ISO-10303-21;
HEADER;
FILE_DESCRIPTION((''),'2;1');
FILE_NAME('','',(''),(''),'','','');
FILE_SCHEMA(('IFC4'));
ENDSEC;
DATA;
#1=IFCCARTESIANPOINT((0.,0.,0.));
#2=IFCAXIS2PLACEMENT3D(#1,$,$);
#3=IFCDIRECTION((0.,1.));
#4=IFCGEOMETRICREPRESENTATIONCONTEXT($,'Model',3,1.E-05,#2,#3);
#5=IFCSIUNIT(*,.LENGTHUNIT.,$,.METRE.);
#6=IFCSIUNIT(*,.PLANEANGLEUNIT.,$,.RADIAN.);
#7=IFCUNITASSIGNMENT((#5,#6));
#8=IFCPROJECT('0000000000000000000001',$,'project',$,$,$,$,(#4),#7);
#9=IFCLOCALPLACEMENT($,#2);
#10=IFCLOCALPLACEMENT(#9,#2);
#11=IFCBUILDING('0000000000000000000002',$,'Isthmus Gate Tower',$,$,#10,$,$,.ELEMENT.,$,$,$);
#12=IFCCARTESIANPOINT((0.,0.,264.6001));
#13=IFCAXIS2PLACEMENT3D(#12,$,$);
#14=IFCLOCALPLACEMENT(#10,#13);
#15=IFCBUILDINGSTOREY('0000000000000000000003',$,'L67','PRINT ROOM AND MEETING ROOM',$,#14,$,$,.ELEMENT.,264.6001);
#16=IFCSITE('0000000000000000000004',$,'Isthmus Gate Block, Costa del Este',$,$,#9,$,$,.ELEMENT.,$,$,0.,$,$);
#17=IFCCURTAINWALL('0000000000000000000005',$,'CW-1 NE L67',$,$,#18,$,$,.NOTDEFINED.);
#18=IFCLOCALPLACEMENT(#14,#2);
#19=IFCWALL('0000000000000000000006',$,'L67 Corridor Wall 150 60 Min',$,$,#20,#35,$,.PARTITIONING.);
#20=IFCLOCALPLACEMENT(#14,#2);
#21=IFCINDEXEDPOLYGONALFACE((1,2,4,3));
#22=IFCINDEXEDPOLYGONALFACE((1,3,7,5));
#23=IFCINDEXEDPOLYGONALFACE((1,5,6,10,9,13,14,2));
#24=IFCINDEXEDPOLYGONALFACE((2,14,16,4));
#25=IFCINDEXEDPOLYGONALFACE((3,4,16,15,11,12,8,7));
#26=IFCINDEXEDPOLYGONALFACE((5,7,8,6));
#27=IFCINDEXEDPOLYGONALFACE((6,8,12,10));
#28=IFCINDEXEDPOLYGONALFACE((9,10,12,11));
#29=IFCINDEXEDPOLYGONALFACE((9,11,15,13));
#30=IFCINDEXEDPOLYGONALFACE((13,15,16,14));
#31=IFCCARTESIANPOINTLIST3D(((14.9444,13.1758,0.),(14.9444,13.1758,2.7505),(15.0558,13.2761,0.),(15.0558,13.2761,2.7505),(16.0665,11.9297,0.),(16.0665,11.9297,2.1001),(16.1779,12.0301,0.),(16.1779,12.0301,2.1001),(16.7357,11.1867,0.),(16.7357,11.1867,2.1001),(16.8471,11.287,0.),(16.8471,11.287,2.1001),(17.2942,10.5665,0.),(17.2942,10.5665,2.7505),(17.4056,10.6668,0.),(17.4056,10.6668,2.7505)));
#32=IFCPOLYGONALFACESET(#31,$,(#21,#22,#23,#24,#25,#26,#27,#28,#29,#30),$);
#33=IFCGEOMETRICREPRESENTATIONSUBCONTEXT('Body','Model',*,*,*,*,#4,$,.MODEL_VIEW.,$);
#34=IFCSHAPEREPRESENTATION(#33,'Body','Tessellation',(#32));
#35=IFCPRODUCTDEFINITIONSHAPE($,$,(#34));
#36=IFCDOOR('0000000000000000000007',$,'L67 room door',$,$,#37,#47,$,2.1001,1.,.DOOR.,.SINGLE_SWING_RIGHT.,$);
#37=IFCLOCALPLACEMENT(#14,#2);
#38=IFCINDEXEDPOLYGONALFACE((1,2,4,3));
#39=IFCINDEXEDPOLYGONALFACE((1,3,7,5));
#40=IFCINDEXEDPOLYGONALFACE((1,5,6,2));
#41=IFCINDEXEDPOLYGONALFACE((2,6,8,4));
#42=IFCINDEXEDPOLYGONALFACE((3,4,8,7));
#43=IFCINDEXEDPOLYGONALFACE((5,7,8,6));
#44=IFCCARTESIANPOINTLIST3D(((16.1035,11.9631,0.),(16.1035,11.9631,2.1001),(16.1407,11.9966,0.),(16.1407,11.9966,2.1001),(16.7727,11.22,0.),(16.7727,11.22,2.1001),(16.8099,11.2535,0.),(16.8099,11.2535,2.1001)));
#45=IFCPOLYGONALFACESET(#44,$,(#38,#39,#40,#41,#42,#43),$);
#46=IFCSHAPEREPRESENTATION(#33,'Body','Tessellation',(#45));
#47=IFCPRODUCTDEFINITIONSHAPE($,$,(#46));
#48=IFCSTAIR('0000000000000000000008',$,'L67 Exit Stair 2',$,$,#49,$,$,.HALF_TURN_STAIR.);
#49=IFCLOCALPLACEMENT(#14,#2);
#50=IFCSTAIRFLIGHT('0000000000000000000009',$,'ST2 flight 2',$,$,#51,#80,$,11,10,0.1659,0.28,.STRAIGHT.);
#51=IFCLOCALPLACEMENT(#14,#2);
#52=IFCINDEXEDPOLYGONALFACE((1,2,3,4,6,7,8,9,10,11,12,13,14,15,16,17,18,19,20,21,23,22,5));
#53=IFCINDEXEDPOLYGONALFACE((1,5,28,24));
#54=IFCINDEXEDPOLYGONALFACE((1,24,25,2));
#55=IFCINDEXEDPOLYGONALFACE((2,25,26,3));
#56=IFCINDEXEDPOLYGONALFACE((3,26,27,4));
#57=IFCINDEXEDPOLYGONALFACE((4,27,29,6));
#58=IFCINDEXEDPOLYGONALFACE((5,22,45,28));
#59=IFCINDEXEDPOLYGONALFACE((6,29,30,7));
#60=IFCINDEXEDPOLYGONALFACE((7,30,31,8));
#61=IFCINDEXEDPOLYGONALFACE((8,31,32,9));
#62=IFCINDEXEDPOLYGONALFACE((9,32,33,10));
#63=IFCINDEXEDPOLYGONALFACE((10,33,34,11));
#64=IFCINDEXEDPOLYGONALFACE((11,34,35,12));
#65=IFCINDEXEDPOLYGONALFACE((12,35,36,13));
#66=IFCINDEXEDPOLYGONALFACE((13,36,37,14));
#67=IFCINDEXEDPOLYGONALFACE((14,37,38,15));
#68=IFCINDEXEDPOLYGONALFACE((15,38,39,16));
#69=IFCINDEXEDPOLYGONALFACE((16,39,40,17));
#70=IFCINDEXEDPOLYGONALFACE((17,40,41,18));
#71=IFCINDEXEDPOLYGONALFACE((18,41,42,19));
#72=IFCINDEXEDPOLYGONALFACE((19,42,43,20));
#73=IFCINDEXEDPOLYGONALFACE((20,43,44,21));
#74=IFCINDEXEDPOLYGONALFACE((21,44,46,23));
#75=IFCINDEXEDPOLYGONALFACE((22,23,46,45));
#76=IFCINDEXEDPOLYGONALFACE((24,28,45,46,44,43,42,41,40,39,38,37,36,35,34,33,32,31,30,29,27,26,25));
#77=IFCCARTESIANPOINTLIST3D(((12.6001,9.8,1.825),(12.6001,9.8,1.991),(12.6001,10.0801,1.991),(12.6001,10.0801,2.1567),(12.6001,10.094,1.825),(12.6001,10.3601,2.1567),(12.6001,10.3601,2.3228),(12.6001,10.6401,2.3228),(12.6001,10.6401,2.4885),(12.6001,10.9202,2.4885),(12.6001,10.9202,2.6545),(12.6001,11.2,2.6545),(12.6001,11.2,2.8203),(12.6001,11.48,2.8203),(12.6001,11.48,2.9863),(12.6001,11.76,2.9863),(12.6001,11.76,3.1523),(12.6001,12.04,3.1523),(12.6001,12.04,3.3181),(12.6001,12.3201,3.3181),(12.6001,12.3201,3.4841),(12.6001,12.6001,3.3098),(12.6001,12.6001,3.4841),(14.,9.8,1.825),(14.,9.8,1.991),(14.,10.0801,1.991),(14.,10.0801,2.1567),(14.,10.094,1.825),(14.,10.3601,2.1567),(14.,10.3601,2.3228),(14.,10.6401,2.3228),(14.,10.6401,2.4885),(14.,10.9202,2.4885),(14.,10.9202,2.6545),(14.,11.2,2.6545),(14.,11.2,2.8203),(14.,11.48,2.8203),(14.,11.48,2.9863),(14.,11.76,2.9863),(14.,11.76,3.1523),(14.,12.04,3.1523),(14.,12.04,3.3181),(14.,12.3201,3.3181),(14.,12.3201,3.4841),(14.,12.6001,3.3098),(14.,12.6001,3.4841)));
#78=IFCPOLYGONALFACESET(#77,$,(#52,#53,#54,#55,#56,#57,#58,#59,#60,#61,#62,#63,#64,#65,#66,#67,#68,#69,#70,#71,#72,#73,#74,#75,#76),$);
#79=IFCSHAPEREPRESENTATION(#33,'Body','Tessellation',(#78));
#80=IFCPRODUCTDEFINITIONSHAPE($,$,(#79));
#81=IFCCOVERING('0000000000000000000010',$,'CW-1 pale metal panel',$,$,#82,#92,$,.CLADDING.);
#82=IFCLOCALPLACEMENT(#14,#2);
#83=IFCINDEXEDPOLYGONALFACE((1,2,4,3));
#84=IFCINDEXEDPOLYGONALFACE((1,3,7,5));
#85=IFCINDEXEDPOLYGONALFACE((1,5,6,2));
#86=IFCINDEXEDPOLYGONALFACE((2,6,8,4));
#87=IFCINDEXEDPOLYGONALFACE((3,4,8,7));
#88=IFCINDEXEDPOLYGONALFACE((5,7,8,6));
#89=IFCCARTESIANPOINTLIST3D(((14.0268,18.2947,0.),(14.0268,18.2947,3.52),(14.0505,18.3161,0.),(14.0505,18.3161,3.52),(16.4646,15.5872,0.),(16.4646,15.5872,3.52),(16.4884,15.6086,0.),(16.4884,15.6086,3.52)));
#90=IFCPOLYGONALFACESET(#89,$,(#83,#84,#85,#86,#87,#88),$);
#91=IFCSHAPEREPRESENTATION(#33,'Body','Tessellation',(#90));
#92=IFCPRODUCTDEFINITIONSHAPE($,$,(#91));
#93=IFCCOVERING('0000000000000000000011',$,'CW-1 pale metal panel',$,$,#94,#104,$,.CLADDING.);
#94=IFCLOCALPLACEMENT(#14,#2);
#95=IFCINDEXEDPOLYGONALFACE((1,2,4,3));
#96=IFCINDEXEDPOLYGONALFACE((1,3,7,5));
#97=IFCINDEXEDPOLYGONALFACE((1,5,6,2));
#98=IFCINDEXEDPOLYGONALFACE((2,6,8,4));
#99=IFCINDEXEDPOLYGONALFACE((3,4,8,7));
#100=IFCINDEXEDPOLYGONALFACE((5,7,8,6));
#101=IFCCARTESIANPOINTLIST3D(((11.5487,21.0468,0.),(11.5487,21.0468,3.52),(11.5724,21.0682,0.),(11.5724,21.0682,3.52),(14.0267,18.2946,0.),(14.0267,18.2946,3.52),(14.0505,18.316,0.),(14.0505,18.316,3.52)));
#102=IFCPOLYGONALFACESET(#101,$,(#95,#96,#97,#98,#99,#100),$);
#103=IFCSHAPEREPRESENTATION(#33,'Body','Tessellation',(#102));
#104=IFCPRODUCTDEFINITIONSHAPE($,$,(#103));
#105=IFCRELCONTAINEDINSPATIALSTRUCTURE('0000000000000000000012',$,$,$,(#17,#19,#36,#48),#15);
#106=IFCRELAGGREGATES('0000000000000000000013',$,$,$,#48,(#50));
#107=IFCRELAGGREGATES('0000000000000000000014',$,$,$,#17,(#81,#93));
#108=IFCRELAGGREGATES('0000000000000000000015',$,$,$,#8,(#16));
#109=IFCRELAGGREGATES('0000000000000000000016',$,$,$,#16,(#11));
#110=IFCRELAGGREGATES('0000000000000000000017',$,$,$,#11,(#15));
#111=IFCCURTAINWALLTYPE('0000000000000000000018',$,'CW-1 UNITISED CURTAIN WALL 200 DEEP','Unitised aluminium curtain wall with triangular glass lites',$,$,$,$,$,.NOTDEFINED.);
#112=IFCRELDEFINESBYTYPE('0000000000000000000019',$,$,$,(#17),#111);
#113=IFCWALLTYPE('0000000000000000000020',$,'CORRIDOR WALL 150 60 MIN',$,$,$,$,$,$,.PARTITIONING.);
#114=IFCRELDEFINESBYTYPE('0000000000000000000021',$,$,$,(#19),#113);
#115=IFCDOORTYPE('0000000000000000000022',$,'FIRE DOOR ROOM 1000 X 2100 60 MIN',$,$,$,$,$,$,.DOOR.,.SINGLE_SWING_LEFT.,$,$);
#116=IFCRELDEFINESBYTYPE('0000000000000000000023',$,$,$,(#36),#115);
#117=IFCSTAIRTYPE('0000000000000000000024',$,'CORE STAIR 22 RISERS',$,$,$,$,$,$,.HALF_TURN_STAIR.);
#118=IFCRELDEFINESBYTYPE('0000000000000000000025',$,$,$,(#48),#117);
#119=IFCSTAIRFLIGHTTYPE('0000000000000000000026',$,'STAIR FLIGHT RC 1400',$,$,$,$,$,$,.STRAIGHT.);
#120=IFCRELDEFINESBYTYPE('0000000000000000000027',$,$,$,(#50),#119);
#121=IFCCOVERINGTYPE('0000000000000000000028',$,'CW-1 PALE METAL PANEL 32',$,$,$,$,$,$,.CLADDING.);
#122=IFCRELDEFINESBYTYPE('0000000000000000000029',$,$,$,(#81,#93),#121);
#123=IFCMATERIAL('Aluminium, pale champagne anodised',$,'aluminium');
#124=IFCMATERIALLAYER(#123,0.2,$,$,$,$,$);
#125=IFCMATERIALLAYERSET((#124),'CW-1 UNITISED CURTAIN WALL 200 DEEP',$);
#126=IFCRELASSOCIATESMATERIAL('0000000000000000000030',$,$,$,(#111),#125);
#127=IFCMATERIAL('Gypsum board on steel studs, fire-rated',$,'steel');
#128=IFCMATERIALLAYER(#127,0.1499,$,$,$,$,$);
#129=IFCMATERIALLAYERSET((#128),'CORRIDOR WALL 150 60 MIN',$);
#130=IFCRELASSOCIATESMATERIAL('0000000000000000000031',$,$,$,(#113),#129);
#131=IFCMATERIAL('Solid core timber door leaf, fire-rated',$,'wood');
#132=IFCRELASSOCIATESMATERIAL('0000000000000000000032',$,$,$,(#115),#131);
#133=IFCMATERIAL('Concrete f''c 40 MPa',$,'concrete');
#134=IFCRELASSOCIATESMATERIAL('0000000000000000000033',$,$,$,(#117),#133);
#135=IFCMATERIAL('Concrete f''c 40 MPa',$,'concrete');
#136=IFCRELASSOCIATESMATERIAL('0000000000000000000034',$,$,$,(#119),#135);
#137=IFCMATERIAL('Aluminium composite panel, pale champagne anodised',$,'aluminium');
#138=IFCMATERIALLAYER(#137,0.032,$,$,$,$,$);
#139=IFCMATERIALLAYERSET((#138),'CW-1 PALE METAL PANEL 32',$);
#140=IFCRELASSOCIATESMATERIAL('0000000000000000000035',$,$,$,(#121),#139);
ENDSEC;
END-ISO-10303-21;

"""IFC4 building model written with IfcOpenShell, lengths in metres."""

from ifc_helpers import new_model, si_unit, direction, frame, frame_2d, origin, origin_2d, place, context, subcontext, project, spatial, polyline, rectangle, outline, extrude, material, layer, layer_set, type_object, element, fill, aggregate, save


model = new_model("IFC4")

# Units and contexts
model_context = context("Model", 3, precision=1e-05, world=origin(), true_north=direction((0.0, 1.0)))
body_context = subcontext(model_context, "Body", "Model", "MODEL_VIEW")
ifc_project = project(units=[si_unit("LENGTHUNIT", "METRE"), si_unit("PLANEANGLEUNIT", "RADIAN")], contexts=[model_context])

# Site, building, storey
site_placement = place(None, origin())
site = spatial("IfcSite", under=ifc_project, at=site_placement, Name="Isthmus Gate Block, Costa del Este", CompositionType="ELEMENT", RefElevation=0.0)
building_placement = place(site_placement, origin())
building = spatial("IfcBuilding", under=site, at=building_placement, Name="Isthmus Gate Tower", CompositionType="ELEMENT")
storey_placement = place(building_placement, frame((0.0, 0.0, 264.6001)))
storey = spatial("IfcBuildingStorey", under=building, at=storey_placement, Name="L67", Description="PRINT ROOM AND MEETING ROOM", CompositionType="ELEMENT", Elevation=264.6001)

# Curtain wall
ifc_material_1 = material(Name="Aluminium, pale champagne anodised", Category="aluminium")
ifc_layer_1 = layer(ifc_material_1, 0.2)
ifc_layer_set_1 = layer_set([ifc_layer_1], Name="CW-1 UNITISED CURTAIN WALL 200 DEEP")
curtain_wall_type = type_object("IfcCurtainWallType", Name="CW-1 UNITISED CURTAIN WALL 200 DEEP", Description="Unitised aluminium curtain wall with triangular glass lites", PredefinedType="NOTDEFINED", material=ifc_layer_set_1)
curtain_wall_placement = place(storey_placement, origin())
curtain_wall = element("IfcCurtainWall", 1, at=curtain_wall_placement, inside=storey, type_object=curtain_wall_type, Name="CW-1 NE L67", PredefinedType="NOTDEFINED")

# Shared definitions
ifc_material_2 = material(Name="Gypsum board on steel studs, fire-rated", Category="steel")
ifc_layer_2 = layer(ifc_material_2, 0.1499)
ifc_layer_set_2 = layer_set([ifc_layer_2], Name="CORRIDOR WALL 150 60 MIN")
wall_type = type_object("IfcWallType", Name="CORRIDOR WALL 150 60 MIN", PredefinedType="PARTITIONING", material=ifc_layer_set_2)

# Wall, opening, door
wall_1_placement = place(storey_placement, frame((15.0, 13.2261, 0.0), z_axis=(0.0, 0.0, 1.0), x_axis=(0.669187, -0.743094, 0.0)))
wall_1 = element("IfcWall", 2, at=wall_1_placement, inside=storey, type_object=wall_type, Name="L67 Corridor Wall 150 60 Min", PredefinedType="PARTITIONING", context=body_context, shape_type="SweptSolid", body=[
    extrude(rectangle(XDim=3.5115, YDim=0.1499, at=frame_2d((1.7559, 0.0))), origin(), (0.0, 0.0, 1.0), 2.7505),
])
opening_placement = place(wall_1_placement, frame((1.677, 0.0, 0.0)))
opening = element("IfcOpeningElement", 3, at=opening_placement, cuts=wall_1, PredefinedType="OPENING", context=body_context, shape_type="SweptSolid", body=[
    extrude(rectangle(XDim=1.0, YDim=2.1001, at=frame_2d((0.5, 1.05))), frame((0.0, 0.085, 0.0), z_axis=(0.0, -1.0, 0.0), x_axis=(1.0, 0.0, 0.0)), (0.0, 0.0, 1.0), 0.1699),
])
ifc_material_3 = material(Name="Solid core timber door leaf, fire-rated", Category="wood")
door_type = type_object("IfcDoorType", Name="FIRE DOOR ROOM 1000 X 2100 60 MIN", OperationType="SINGLE_SWING_LEFT", PredefinedType="DOOR", material=ifc_material_3)
door_placement = place(opening_placement, origin())
door = element("IfcDoor", 4, at=door_placement, inside=storey, type_object=door_type, Name="L67 room door", OperationType="SINGLE_SWING_RIGHT", OverallHeight=2.1001, OverallWidth=1.0, PredefinedType="DOOR", context=body_context, shape_type="SweptSolid", body=[
    extrude(rectangle(XDim=1.0, YDim=2.1001, at=frame_2d((0.5, 1.05))), frame((0.0, 0.0249, 0.0), z_axis=(0.0, -1.0, 0.0), x_axis=(1.0, 0.0, 0.0)), (0.0, 0.0, 1.0), 0.05),
])
fill(opening, door)

# Stair, stair flight
ifc_material_4 = material(Name="Concrete f'c 40 MPa", Category="concrete")
stair_type = type_object("IfcStairType", Name="CORE STAIR 22 RISERS", PredefinedType="HALF_TURN_STAIR", material=ifc_material_4)
stair_placement = place(storey_placement, origin())
stair = element("IfcStair", 5, at=stair_placement, inside=storey, type_object=stair_type, Name="L67 Exit Stair 2", PredefinedType="HALF_TURN_STAIR")
ifc_material_5 = material(Name="Concrete f'c 40 MPa", Category="concrete")
stair_flight_type = type_object("IfcStairFlightType", Name="STAIR FLIGHT RC 1400", PredefinedType="STRAIGHT", material=ifc_material_5)
stair_flight_placement = place(storey_placement, frame((13.3, 9.8, 1.825), z_axis=(0.0, 0.0, 1.0), x_axis=(0.0, 1.0, 0.0)))
stair_flight = element("IfcStairFlight", 6, at=stair_flight_placement, type_object=stair_flight_type, Name="ST2 flight 2", NumberOfRisers=11, NumberOfTreads=10, PredefinedType="STRAIGHT", RiserHeight=0.1659, TreadLength=0.28, context=body_context, shape_type="SweptSolid", body=[
    extrude(outline(polyline([(0.0, 0.0), (0.0, 0.166), (0.28, 0.166), (0.28, 0.3318), (0.5601, 0.3318), (0.5601, 0.4978), (0.8401, 0.4978), (0.8401, 0.6636), (1.1201, 0.6636), (1.1201, 0.8296), (1.3999, 0.8296), (1.3999, 0.9954), (1.6799, 0.9954), (1.6799, 1.1614), (1.96, 1.1614), (1.96, 1.3274), (2.24, 1.3274), (2.24, 1.4932), (2.52, 1.4932), (2.52, 1.6592), (2.8, 1.6592), (2.8, 1.825), (2.8, 1.4849), (0.2939, 0.0), (0.0, 0.0)])), frame((0.0, 0.7, 0.0), z_axis=(0.0, -1.0, 0.0), x_axis=(1.0, 0.0, 0.0)), (0.0, 0.0, 1.0), 1.3999),
])
aggregate(stair, [stair_flight])

# Coverings
ifc_material_6 = material(Name="Aluminium composite panel, pale champagne anodised", Category="aluminium")
ifc_layer_3 = layer(ifc_material_6, 0.032)
ifc_layer_set_3 = layer_set([ifc_layer_3], Name="CW-1 PALE METAL PANEL 32")
covering_type = type_object("IfcCoveringType", Name="CW-1 PALE METAL PANEL 32", PredefinedType="CLADDING", material=ifc_layer_set_3)
covering_1_placement = place(storey_placement, frame((15.2576, 16.9517, 0.0), z_axis=(0.0, 0.0, 1.0), x_axis=(-0.669131, 0.743145, 0.0)))
covering_1 = element("IfcCovering", 7, at=covering_1_placement, type_object=covering_type, Name="CW-1 pale metal panel", PredefinedType="CLADDING", context=body_context, shape_type="SweptSolid", body=[
    extrude(rectangle(XDim=3.6433, YDim=0.032, at=origin_2d()), origin(), (0.0, 0.0, 1.0), 3.52),
])
covering_2_placement = place(storey_placement, frame((12.7996, 19.6814, 0.0), z_axis=(0.0, 0.0, 1.0), x_axis=(-0.669131, 0.743145, 0.0)))
covering_2 = element("IfcCovering", 8, at=covering_2_placement, type_object=covering_type, Name="CW-1 pale metal panel", PredefinedType="CLADDING", context=body_context, shape_type="SweptSolid", body=[
    extrude(rectangle(XDim=3.7034, YDim=0.032, at=origin_2d()), origin(), (0.0, 0.0, 1.0), 3.52),
])
aggregate(curtain_wall, [covering_1, covering_2])

save(model, "model.ifc")
